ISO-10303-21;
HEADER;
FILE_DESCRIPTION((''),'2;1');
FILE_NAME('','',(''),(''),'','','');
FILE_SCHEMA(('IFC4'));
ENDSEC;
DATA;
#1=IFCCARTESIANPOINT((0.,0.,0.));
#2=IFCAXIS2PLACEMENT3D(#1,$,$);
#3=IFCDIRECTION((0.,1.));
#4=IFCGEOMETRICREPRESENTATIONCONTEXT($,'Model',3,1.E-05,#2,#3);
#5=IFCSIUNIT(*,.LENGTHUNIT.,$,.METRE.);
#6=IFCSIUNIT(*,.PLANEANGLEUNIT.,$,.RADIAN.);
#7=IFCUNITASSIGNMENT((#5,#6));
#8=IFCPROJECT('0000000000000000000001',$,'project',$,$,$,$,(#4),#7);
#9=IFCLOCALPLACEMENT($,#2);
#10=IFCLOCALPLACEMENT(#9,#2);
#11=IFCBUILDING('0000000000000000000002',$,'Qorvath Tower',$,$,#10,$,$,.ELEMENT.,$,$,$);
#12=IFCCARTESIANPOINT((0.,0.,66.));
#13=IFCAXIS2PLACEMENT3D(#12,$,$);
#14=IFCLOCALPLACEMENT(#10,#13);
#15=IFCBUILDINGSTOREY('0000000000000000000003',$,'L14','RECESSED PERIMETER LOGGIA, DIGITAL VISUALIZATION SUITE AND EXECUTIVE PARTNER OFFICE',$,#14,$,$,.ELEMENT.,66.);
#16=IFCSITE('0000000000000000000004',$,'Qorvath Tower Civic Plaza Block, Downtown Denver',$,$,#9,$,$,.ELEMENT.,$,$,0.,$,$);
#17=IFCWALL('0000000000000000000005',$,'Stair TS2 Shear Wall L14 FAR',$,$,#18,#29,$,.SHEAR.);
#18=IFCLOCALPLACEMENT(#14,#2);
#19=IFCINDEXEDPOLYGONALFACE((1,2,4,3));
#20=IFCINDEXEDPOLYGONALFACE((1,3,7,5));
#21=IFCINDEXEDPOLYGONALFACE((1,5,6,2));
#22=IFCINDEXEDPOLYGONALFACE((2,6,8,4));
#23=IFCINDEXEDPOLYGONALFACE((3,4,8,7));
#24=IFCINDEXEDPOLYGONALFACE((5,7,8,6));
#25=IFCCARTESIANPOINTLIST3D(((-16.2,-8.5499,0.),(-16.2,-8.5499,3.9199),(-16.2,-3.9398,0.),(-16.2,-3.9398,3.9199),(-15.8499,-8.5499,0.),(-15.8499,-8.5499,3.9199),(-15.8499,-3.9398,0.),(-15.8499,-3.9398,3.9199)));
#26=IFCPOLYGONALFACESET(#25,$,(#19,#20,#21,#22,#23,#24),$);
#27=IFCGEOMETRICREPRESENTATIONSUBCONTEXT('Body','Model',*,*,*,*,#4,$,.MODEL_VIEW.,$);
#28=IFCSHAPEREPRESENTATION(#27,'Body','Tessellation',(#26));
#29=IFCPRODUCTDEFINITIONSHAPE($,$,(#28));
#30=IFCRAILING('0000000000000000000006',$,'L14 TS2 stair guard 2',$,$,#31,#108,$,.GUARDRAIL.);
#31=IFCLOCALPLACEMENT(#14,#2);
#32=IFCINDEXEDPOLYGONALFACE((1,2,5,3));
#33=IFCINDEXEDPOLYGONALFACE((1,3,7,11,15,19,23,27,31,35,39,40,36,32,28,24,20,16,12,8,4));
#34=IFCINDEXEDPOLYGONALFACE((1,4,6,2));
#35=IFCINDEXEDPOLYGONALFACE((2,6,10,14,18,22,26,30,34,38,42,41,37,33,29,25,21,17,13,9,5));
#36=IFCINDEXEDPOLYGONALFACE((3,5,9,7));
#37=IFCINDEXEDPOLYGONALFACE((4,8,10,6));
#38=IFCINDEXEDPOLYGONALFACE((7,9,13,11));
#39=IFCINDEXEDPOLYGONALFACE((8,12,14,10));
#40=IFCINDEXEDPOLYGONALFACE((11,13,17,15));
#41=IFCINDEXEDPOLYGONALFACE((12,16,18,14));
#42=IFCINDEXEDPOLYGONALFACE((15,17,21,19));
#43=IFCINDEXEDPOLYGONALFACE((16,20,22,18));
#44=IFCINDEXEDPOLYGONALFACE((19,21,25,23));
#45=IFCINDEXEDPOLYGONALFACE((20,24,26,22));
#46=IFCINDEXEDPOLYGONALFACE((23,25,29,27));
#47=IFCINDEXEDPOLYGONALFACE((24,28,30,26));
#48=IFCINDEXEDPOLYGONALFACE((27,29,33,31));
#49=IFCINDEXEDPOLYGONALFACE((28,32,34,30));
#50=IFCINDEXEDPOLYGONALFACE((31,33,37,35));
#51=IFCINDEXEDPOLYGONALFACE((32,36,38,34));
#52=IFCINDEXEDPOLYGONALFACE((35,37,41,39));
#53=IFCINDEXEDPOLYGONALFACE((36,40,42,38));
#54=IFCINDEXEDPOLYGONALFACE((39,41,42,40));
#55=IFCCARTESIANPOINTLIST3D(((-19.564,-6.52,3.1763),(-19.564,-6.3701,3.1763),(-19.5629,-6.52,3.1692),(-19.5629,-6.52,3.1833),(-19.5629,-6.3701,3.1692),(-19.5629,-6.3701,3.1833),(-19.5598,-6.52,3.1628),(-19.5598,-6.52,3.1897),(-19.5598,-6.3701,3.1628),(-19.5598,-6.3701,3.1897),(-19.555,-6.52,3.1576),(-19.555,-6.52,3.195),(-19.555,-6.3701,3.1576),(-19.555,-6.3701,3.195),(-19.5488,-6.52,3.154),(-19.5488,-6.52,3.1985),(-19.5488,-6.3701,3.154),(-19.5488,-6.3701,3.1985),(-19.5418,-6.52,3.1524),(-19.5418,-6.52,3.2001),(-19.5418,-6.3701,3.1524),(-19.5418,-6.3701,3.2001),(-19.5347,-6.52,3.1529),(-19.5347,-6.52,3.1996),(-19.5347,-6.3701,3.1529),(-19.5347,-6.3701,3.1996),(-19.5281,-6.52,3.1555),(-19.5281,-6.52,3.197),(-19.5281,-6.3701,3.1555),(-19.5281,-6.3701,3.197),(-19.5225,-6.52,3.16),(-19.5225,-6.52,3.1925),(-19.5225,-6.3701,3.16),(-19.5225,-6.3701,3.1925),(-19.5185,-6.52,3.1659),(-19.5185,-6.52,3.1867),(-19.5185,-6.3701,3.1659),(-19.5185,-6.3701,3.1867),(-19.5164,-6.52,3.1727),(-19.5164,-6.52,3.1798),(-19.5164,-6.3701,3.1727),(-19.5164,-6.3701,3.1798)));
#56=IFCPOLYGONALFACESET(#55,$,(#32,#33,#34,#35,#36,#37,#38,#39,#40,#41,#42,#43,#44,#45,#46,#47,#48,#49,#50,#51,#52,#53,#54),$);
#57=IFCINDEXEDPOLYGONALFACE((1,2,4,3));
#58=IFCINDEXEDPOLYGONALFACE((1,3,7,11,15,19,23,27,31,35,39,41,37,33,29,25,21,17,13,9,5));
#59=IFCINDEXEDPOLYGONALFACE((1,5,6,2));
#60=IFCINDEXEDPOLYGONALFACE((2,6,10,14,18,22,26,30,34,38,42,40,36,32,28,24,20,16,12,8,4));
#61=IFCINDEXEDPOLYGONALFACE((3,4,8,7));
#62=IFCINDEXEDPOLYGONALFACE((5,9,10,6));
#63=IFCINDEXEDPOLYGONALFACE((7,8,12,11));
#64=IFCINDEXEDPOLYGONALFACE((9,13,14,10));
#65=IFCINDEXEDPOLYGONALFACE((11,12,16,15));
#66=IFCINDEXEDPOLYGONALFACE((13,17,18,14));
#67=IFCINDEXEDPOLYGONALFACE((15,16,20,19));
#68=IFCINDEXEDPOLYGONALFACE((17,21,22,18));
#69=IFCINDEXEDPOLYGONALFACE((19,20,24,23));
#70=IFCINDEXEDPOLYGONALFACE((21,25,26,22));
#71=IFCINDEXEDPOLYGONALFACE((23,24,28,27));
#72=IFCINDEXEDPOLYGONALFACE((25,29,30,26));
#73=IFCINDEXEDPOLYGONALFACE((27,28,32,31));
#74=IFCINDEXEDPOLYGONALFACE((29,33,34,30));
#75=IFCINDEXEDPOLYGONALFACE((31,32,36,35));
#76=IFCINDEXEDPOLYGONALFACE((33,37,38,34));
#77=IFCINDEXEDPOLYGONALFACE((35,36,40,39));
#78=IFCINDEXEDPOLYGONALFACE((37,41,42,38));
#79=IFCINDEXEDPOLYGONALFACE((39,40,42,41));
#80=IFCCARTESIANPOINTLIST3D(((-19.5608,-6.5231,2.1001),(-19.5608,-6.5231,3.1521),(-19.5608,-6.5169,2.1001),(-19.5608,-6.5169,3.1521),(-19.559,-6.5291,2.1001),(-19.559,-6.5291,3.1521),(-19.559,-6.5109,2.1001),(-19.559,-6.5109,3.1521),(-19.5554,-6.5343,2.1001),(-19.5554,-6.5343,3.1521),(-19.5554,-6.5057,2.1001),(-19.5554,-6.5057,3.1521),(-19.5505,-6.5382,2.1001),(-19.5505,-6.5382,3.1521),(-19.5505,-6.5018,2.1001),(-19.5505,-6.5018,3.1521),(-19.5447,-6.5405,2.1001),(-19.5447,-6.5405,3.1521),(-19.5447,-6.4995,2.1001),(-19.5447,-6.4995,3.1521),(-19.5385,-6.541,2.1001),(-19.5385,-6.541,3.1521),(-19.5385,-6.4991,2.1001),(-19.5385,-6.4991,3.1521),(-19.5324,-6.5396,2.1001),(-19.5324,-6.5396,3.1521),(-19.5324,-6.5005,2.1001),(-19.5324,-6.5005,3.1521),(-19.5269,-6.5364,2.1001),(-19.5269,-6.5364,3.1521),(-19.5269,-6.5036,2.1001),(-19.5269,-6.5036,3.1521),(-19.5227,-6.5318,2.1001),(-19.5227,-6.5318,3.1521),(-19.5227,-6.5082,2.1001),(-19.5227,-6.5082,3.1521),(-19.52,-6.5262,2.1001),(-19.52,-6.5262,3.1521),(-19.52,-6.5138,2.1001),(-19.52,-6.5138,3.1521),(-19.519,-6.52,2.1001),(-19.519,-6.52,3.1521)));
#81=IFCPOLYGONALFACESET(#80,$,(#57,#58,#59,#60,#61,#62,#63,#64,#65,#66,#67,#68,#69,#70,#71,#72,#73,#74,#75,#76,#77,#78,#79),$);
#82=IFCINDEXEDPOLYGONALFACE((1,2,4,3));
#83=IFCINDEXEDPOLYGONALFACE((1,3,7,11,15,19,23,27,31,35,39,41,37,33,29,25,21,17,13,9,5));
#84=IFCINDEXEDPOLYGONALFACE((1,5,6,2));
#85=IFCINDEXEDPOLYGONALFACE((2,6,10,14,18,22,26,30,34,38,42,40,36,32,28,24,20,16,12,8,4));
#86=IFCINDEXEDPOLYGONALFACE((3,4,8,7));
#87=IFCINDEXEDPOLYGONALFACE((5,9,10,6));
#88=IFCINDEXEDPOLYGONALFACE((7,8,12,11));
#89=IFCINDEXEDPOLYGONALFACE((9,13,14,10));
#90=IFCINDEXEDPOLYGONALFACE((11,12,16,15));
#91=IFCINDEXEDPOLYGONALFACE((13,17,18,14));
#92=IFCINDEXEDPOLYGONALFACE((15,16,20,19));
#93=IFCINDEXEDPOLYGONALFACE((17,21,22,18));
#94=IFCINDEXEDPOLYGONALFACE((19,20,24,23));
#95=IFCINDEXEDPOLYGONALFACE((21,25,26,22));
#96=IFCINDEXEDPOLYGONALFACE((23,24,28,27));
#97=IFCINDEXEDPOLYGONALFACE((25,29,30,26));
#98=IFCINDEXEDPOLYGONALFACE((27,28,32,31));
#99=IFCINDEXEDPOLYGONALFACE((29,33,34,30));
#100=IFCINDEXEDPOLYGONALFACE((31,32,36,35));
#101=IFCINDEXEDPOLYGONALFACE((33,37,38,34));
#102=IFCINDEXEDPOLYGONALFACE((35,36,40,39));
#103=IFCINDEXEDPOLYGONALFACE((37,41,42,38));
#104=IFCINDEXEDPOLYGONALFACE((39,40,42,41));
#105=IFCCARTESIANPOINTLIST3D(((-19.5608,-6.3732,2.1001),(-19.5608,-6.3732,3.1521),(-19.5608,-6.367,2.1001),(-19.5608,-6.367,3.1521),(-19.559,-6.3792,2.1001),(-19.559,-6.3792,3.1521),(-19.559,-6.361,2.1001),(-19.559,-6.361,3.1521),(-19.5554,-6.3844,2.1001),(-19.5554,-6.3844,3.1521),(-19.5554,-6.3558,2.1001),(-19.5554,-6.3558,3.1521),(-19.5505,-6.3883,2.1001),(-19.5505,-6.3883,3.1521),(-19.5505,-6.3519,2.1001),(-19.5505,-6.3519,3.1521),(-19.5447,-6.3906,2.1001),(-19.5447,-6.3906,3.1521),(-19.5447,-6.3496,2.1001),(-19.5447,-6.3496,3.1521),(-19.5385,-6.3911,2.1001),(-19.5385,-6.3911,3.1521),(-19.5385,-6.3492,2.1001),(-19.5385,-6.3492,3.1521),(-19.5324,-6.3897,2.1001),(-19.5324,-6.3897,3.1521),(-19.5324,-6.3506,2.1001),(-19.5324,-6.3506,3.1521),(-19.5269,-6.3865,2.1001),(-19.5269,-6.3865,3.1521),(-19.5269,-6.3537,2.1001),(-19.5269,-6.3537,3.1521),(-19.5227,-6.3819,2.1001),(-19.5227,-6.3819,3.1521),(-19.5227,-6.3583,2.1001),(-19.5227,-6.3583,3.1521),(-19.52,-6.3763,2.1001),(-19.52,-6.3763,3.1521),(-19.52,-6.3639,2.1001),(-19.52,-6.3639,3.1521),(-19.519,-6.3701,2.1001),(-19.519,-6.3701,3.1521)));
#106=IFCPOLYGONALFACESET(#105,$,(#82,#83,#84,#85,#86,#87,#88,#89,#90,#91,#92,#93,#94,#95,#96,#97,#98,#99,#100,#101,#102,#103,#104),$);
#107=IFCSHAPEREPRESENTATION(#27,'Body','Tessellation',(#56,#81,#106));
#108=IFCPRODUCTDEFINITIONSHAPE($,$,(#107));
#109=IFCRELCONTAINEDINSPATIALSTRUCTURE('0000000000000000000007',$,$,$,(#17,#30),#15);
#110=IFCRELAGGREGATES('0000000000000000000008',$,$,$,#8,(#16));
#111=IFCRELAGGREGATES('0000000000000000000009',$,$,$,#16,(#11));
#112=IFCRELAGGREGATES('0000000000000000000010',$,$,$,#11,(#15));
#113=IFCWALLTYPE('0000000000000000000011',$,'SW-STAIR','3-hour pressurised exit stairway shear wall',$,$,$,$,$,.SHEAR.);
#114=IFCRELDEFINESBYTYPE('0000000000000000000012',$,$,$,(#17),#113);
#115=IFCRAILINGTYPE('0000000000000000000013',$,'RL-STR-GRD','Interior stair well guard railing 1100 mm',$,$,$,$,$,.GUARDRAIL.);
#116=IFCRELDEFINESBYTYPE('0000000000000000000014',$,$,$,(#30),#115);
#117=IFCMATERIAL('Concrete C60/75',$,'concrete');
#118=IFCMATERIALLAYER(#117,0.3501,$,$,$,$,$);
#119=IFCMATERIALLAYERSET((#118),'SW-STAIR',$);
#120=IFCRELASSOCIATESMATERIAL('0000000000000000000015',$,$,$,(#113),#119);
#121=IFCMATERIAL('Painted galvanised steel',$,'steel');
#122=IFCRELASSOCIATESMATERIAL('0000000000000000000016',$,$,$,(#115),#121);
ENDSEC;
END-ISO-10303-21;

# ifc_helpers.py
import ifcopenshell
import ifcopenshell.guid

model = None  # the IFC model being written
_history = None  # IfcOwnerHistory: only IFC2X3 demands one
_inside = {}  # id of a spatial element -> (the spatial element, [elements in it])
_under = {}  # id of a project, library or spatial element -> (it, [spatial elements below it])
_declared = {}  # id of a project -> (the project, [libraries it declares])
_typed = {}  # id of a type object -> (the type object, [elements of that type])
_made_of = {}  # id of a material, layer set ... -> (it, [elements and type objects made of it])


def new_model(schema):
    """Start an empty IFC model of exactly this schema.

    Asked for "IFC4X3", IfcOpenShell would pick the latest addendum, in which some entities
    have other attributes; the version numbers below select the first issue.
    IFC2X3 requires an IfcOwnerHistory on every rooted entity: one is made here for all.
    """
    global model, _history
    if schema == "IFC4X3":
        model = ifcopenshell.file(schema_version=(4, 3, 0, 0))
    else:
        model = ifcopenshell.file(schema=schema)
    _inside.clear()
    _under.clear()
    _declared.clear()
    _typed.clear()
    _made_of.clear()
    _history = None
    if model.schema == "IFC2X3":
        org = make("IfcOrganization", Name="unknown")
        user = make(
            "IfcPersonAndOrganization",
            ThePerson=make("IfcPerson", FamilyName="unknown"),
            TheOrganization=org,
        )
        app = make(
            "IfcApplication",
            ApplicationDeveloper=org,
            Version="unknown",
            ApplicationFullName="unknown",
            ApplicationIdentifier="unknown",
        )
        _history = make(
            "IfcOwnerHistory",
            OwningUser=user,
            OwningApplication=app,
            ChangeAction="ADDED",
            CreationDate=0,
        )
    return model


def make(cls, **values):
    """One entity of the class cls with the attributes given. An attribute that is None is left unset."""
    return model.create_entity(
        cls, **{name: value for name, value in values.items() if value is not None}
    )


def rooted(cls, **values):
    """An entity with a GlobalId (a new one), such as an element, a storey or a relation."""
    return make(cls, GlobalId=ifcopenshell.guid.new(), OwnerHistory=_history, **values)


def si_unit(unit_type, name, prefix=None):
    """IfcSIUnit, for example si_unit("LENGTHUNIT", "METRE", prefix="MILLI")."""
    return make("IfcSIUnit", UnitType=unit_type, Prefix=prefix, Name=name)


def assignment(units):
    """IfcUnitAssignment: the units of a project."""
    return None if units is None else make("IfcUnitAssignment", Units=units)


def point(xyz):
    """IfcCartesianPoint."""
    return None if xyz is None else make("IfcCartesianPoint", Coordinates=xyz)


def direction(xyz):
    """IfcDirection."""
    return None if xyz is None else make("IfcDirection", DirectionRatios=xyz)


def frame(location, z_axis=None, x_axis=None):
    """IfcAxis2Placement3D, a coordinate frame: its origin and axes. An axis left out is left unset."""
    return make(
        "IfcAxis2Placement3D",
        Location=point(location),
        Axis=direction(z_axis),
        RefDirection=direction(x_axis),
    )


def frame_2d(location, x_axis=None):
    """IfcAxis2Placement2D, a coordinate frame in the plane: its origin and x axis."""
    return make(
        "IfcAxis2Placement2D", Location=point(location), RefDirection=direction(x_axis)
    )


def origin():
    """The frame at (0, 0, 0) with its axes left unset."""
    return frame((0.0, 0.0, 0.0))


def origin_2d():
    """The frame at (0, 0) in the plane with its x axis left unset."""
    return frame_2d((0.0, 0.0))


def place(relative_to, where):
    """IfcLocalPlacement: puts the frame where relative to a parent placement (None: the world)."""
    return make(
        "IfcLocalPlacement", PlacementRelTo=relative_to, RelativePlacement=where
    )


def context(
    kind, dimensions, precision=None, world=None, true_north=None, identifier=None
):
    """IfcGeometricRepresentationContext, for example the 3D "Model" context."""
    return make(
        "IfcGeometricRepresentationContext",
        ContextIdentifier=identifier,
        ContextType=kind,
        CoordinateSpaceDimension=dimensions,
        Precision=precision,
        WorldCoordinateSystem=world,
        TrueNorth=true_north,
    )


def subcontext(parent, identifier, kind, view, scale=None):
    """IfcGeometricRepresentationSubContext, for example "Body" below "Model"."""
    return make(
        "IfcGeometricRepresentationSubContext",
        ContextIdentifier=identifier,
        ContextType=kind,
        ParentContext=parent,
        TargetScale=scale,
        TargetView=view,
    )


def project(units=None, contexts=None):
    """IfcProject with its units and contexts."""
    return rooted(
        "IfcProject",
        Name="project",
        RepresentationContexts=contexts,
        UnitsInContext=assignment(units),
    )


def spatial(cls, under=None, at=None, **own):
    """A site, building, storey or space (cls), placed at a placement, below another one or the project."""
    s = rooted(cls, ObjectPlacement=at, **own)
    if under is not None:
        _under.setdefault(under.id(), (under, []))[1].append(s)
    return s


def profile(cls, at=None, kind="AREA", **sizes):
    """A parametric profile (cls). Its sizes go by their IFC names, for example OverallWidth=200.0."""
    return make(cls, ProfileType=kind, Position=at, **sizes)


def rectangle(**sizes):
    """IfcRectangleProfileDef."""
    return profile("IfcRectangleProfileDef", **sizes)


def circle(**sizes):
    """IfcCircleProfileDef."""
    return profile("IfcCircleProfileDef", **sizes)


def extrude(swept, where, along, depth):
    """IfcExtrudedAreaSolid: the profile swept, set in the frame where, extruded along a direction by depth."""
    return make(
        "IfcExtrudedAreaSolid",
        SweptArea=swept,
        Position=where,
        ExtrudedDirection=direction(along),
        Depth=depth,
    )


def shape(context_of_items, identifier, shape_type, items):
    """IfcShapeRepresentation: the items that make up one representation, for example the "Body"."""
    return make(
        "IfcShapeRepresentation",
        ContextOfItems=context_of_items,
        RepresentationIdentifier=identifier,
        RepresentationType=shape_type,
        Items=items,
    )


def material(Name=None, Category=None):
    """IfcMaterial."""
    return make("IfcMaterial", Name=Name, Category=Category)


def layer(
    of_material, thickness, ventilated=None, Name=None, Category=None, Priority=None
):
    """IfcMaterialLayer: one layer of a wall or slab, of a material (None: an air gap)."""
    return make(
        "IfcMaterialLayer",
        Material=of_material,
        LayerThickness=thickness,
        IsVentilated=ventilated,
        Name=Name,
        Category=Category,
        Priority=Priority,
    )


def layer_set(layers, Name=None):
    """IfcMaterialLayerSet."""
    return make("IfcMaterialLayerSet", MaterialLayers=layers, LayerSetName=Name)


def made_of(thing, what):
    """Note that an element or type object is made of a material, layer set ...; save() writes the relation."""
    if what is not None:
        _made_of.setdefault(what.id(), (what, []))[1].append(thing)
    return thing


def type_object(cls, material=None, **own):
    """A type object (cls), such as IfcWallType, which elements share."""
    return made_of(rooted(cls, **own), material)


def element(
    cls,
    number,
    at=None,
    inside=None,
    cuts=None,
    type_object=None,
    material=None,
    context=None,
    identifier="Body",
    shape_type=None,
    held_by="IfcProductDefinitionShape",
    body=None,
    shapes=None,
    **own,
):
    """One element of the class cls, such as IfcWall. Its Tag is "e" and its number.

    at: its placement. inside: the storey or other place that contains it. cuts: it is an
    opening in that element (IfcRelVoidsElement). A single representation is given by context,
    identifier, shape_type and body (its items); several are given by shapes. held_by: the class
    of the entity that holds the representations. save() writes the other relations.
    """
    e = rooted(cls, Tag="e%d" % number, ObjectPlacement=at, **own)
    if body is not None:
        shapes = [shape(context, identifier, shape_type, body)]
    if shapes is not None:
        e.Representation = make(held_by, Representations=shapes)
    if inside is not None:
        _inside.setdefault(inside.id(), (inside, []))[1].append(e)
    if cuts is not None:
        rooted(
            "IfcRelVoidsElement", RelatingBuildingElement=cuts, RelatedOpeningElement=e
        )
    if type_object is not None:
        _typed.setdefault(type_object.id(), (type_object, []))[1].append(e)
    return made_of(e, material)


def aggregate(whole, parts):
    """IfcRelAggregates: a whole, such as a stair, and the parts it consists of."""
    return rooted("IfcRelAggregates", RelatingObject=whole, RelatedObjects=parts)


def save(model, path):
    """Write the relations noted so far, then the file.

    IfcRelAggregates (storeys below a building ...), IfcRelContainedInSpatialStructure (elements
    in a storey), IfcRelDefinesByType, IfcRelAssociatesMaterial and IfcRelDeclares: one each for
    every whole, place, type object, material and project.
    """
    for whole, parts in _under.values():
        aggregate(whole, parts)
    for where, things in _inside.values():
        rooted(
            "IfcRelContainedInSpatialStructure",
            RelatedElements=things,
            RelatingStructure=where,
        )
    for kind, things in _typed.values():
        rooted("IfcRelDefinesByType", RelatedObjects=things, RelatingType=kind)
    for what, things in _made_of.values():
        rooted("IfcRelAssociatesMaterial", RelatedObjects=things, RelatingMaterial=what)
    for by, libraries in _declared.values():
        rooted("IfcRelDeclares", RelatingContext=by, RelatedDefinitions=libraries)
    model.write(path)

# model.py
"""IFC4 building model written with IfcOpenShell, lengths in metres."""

from ifc_helpers import new_model, si_unit, direction, frame, frame_2d, origin, origin_2d, place, context, subcontext, project, spatial, rectangle, circle, extrude, material, layer, layer_set, type_object, element, save


model = new_model("IFC4")

# Units and contexts
model_context = context("Model", 3, precision=1e-05, world=origin(), true_north=direction((0.0, 1.0)))
body_context = subcontext(model_context, "Body", "Model", "MODEL_VIEW")
ifc_project = project(units=[si_unit("LENGTHUNIT", "METRE"), si_unit("PLANEANGLEUNIT", "RADIAN")], contexts=[model_context])

# Site, building, storey
site_placement = place(None, origin())
site = spatial("IfcSite", under=ifc_project, at=site_placement, Name="Qorvath Tower Civic Plaza Block, Downtown Denver", CompositionType="ELEMENT", RefElevation=0.0)
building_placement = place(site_placement, origin())
building = spatial("IfcBuilding", under=site, at=building_placement, Name="Qorvath Tower", CompositionType="ELEMENT")
storey_placement = place(building_placement, frame((0.0, 0.0, 66.0)))
storey = spatial("IfcBuildingStorey", under=building, at=storey_placement, Name="L14", Description="RECESSED PERIMETER LOGGIA, DIGITAL VISUALIZATION SUITE AND EXECUTIVE PARTNER OFFICE", CompositionType="ELEMENT", Elevation=66.0)

# Wall
ifc_material_1 = material(Name="Concrete C60/75", Category="concrete")
ifc_layer_1 = layer(ifc_material_1, 0.3501)
ifc_layer_set_1 = layer_set([ifc_layer_1], Name="SW-STAIR")
wall_type_1 = type_object("IfcWallType", Name="SW-STAIR", Description="3-hour pressurised exit stairway shear wall", PredefinedType="SHEAR", material=ifc_layer_set_1)
wall_1_placement = place(storey_placement, frame((-16.0249, -8.55, 0.0), z_axis=(0.0, 0.0, 1.0), x_axis=(0.0, 1.0, 0.0)))
element("IfcWall", 1, at=wall_1_placement, inside=storey, type_object=wall_type_1, Name="Stair TS2 Shear Wall L14 FAR", PredefinedType="SHEAR", context=body_context, shape_type="SweptSolid", body=[
    extrude(rectangle(XDim=4.6101, YDim=0.3501, at=frame_2d((2.3052, 0.0))), origin(), (0.0, 0.0, 1.0), 3.9199),
])

# Railing
ifc_material_2 = material(Name="Painted galvanised steel", Category="steel")
railing_type = type_object("IfcRailingType", Name="RL-STR-GRD", Description="Interior stair well guard railing 1100 mm", PredefinedType="GUARDRAIL", material=ifc_material_2)
railing_1_placement = place(storey_placement, frame((-19.54, -6.52, 2.1001)))
element("IfcRailing", 2, at=railing_1_placement, inside=storey, type_object=railing_type, Name="L14 TS2 stair guard 2", PredefinedType="GUARDRAIL", context=body_context, shape_type="SweptSolid", body=[
    extrude(circle(Radius=0.0239, at=origin_2d()), frame((0.0, 0.0, 1.0762), z_axis=(0.0, 1.0, 0.0), x_axis=(-1.0, 0.0, 0.0)), (0.0, 0.0, 1.0), 0.1499),
    extrude(circle(Radius=0.021, at=origin_2d()), origin(), (0.0, 0.0, 1.0), 1.052),
    extrude(circle(Radius=0.021, at=origin_2d()), frame((0.0, 0.1499, 0.0)), (0.0, 0.0, 1.0), 1.052),
])

save(model, "model.ifc")
